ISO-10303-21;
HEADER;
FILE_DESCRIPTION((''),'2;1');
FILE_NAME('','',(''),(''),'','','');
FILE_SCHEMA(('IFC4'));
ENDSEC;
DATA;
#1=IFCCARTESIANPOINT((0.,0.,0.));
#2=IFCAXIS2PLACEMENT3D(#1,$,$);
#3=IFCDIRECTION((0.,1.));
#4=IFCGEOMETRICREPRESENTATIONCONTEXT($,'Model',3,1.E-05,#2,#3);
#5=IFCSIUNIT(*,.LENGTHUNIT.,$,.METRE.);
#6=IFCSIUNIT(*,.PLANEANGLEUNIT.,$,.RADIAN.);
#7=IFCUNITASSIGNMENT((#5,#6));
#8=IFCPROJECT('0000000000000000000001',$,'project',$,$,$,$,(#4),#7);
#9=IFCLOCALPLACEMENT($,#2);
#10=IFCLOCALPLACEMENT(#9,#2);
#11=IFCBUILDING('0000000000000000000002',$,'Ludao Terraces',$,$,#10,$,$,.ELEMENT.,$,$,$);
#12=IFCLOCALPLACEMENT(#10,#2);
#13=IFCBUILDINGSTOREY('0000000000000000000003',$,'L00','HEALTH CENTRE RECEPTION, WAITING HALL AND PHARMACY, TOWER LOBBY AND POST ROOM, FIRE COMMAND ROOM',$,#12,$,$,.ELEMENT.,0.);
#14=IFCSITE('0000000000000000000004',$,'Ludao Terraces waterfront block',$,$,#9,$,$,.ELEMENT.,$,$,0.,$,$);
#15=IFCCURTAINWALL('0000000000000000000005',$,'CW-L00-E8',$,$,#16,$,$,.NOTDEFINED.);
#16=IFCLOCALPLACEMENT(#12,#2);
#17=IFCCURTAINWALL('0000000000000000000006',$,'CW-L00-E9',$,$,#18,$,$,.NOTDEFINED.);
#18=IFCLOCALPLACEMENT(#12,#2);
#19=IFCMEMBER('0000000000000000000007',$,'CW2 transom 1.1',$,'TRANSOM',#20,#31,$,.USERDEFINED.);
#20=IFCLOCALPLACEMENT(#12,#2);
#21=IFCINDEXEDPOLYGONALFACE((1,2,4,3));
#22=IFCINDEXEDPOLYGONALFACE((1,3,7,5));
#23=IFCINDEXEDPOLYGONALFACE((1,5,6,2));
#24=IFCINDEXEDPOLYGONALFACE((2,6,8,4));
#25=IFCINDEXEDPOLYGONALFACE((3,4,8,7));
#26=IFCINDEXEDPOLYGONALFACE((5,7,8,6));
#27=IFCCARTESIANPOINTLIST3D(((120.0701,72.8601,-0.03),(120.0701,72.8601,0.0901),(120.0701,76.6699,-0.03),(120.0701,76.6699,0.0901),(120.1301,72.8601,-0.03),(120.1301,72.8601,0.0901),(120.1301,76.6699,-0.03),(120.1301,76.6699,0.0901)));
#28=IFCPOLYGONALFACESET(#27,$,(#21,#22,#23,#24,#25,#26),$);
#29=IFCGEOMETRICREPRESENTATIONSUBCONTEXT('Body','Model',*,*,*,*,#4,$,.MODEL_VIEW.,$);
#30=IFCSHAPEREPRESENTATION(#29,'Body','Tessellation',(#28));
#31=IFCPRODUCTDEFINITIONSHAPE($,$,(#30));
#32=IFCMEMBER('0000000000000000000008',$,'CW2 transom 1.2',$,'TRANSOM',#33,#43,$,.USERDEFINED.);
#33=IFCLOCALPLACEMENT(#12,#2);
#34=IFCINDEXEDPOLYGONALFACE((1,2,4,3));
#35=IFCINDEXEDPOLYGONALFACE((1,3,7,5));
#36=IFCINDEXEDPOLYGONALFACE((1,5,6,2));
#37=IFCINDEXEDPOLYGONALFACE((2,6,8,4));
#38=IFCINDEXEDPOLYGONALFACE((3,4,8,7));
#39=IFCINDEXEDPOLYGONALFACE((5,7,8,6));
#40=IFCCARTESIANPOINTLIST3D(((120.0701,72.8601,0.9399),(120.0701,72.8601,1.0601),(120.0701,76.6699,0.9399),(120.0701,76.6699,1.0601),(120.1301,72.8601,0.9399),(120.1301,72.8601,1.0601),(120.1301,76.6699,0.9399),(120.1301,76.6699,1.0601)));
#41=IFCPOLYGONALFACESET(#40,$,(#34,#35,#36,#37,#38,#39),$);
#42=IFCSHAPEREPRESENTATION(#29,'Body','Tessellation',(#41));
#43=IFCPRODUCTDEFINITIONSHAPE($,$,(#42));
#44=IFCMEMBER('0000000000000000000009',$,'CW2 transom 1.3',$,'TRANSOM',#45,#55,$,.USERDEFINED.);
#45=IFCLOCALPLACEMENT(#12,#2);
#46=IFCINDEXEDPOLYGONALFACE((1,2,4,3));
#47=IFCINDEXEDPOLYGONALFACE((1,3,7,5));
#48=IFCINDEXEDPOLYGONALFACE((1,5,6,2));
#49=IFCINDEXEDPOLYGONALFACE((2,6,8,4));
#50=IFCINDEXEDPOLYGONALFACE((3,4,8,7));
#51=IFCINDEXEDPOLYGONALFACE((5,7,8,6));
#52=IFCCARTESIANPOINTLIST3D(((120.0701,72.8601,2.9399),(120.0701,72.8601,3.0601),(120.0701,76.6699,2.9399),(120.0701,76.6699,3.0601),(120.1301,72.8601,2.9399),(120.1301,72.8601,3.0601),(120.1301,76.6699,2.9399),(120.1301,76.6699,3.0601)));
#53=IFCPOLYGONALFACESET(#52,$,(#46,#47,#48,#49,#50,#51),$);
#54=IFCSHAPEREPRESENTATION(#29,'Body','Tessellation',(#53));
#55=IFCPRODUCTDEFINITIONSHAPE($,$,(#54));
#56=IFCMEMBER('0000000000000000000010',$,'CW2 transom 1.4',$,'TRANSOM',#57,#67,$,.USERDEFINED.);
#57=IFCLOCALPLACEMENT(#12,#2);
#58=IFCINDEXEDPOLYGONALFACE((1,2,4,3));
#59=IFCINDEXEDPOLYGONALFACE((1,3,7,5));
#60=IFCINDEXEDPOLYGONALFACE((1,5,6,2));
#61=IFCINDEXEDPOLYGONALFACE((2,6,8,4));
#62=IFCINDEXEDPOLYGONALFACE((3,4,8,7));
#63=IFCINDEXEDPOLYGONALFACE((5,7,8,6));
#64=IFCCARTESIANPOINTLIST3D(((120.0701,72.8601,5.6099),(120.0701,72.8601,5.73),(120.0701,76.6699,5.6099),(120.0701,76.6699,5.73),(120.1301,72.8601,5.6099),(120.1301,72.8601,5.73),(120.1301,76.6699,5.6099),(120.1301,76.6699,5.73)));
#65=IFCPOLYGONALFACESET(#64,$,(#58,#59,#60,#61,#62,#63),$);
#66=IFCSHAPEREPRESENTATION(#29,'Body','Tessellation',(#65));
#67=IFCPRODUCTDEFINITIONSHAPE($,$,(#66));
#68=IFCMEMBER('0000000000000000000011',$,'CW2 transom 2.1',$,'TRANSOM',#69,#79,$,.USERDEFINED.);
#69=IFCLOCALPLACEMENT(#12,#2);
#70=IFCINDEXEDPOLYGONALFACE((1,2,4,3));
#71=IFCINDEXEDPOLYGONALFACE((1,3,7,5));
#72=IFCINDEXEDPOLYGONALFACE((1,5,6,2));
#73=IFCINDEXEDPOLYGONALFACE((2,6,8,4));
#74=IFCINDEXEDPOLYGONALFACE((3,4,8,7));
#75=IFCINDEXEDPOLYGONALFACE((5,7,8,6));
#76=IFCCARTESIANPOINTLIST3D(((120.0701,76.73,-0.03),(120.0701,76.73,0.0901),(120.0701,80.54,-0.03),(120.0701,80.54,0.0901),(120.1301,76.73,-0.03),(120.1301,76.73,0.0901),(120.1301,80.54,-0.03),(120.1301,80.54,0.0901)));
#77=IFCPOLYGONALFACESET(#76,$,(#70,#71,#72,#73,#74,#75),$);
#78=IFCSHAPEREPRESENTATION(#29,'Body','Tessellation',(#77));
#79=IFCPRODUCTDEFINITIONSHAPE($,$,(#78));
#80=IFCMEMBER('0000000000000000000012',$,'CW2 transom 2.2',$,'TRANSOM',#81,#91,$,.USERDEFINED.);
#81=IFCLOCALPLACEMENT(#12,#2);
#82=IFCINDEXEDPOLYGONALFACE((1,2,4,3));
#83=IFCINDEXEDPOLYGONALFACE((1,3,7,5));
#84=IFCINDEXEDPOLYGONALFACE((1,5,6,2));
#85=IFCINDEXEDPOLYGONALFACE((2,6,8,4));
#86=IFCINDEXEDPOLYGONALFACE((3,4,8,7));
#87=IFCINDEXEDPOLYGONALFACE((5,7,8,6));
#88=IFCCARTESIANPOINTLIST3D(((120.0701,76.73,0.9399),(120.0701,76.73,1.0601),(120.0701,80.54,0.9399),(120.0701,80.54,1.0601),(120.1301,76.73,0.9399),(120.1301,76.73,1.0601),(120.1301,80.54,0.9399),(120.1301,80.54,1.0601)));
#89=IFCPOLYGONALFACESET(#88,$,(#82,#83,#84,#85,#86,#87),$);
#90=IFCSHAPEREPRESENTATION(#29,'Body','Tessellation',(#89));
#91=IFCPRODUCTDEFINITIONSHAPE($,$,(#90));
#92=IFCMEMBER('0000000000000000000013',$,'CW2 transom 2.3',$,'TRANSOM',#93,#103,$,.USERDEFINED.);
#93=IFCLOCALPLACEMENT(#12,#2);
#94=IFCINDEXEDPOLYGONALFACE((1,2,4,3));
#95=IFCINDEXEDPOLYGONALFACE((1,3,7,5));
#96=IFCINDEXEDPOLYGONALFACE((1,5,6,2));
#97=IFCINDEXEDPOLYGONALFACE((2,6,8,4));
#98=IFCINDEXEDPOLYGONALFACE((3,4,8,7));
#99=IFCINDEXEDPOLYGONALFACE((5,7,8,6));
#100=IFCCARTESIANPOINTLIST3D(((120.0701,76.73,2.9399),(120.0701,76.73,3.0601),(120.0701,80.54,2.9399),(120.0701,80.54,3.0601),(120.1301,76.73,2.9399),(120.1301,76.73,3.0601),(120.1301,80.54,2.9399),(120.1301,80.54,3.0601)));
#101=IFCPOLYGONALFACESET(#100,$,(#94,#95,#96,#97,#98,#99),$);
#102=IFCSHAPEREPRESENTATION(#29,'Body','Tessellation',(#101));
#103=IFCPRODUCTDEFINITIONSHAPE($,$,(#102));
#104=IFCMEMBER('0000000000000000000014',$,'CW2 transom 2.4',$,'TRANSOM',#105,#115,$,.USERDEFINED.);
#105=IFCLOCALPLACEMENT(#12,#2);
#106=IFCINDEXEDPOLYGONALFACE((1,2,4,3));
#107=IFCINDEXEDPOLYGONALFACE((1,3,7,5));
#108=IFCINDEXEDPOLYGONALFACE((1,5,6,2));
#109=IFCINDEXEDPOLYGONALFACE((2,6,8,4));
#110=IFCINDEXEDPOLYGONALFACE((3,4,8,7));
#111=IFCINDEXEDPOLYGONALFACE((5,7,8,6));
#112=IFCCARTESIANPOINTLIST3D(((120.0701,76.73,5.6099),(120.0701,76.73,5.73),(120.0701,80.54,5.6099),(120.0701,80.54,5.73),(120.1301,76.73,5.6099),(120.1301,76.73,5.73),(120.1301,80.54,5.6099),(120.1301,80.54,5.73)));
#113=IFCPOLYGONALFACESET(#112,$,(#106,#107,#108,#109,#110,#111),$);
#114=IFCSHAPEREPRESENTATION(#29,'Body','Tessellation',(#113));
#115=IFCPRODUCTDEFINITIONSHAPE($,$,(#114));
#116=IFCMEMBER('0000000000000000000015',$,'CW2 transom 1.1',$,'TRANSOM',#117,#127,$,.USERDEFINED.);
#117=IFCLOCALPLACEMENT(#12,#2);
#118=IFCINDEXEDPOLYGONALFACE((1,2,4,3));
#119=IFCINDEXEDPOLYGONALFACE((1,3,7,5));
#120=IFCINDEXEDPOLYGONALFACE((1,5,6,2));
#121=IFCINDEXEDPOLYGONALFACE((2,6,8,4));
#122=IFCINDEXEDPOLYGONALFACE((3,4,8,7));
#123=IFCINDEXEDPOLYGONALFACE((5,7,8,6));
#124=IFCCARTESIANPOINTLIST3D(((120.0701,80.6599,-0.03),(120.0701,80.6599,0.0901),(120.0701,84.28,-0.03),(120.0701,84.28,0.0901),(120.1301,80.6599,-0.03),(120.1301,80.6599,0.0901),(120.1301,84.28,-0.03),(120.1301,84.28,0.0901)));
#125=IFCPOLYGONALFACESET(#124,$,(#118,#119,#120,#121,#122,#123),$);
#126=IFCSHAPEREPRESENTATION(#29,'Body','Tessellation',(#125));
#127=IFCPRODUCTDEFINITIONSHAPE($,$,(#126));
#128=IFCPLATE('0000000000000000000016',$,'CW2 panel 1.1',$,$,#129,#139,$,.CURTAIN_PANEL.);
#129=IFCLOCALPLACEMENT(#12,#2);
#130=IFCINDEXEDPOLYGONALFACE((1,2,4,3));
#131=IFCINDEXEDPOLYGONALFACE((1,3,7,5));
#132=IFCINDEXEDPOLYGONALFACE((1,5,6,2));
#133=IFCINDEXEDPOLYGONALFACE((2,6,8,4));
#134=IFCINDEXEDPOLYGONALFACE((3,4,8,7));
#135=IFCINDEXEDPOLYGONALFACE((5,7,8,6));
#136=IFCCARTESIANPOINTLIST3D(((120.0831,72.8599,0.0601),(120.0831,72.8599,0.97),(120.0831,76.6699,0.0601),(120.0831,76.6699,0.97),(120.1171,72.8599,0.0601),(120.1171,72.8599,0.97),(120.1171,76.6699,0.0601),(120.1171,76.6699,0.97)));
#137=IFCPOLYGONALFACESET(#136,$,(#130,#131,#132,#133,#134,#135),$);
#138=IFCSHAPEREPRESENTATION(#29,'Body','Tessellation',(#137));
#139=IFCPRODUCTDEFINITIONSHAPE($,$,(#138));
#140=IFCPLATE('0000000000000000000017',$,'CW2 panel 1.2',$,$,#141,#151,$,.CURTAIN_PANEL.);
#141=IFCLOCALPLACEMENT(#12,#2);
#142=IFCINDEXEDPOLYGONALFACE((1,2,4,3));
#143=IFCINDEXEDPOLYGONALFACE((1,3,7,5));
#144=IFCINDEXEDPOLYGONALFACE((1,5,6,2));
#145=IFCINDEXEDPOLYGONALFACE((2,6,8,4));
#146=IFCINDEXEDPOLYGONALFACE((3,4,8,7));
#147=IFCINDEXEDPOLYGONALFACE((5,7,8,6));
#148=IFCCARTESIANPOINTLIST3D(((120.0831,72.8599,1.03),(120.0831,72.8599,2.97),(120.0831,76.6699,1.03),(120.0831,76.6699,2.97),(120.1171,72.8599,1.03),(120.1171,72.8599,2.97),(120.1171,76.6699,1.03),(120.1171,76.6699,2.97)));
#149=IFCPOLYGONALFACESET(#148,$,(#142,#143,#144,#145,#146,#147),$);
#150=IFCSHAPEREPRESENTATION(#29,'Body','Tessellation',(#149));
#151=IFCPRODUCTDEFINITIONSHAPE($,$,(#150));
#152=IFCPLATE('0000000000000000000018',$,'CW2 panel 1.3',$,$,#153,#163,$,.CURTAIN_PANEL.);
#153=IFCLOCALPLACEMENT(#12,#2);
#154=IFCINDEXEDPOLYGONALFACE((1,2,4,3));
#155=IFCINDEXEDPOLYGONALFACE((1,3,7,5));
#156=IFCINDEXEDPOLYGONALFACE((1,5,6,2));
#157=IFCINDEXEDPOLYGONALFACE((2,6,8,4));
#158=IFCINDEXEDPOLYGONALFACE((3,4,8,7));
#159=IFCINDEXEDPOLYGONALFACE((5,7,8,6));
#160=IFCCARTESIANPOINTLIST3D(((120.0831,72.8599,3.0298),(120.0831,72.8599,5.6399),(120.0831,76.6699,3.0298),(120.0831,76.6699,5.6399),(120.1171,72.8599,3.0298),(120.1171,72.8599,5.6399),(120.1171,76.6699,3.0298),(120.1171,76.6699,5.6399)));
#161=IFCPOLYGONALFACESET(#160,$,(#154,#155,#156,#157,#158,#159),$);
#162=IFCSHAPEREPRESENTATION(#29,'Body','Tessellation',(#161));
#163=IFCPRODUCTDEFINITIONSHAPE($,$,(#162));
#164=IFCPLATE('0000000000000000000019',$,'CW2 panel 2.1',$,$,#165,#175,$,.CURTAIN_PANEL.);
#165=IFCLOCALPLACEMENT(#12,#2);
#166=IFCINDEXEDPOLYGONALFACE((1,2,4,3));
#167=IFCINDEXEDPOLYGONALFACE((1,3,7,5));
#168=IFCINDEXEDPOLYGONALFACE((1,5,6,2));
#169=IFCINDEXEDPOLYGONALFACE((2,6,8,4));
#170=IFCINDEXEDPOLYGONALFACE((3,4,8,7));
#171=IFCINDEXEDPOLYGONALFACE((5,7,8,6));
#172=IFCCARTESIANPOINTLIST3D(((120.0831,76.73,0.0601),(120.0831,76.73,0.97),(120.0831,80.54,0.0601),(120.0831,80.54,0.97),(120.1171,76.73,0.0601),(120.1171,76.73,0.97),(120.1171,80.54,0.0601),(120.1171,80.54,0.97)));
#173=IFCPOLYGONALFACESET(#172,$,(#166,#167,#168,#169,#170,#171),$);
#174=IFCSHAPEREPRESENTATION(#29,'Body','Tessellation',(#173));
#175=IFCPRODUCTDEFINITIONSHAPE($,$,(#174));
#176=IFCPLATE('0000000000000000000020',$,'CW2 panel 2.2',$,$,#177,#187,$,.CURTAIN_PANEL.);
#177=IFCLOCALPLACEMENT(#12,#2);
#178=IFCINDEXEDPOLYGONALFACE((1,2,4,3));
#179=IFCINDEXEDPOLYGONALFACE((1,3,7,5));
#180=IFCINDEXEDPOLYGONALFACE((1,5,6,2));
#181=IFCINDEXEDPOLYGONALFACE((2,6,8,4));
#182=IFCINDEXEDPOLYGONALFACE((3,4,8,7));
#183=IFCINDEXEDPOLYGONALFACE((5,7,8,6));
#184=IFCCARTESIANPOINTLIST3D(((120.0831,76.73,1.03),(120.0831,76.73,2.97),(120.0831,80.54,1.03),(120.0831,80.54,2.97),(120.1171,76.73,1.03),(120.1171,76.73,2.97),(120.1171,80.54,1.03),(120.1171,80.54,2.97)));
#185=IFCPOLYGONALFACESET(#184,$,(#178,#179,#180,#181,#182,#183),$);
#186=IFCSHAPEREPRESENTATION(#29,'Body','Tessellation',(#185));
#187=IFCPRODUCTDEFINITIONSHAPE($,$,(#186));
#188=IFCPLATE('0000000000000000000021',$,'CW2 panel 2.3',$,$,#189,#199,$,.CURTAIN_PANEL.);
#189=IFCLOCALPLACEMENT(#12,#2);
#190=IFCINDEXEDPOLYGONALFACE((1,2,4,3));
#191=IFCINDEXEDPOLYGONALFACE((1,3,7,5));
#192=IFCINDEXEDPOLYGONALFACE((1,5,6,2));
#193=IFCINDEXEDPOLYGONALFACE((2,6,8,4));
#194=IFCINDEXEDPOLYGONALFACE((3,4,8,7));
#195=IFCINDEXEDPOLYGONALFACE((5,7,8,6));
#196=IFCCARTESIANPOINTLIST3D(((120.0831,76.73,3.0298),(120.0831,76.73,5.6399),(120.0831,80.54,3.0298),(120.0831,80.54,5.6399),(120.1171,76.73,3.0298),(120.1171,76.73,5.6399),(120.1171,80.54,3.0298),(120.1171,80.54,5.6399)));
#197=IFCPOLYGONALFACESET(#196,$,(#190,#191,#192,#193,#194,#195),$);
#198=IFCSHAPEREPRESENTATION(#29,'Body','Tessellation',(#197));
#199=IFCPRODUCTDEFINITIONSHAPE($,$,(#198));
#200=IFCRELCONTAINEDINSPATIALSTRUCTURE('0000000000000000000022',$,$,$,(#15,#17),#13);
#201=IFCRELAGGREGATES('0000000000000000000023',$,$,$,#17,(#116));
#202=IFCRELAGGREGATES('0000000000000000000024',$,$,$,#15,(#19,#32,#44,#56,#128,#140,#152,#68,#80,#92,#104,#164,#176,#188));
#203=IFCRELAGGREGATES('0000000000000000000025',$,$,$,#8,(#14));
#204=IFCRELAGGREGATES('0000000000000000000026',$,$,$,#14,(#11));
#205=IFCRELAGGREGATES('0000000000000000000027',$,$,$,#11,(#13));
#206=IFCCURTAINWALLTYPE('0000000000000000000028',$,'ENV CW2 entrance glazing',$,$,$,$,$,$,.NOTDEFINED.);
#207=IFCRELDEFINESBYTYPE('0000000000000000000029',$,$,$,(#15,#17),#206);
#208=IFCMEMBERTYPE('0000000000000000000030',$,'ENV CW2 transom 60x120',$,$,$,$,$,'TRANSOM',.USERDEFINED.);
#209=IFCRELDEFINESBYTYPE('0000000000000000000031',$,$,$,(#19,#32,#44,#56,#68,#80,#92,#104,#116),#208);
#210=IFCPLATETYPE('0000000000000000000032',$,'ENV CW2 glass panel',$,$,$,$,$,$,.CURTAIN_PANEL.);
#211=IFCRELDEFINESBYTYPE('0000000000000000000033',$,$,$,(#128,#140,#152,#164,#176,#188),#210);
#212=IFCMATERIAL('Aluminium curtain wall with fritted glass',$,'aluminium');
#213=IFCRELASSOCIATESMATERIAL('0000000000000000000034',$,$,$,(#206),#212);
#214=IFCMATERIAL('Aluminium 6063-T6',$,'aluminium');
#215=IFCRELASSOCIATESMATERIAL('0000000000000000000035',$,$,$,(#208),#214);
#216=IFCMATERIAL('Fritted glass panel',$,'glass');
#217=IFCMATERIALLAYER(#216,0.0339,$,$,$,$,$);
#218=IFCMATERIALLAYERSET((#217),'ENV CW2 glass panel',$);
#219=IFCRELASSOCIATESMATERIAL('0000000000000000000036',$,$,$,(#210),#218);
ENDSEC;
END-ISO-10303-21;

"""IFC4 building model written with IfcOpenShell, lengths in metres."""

from ifc_helpers import new_model, si_unit, direction, frame, origin, origin_2d, place, context, subcontext, project, spatial, rectangle, extrude, material, layer, layer_set, material_profile, profile_set, type_object, element, aggregate, save


model = new_model("IFC4")

# Units and contexts
model_context = context("Model", 3, precision=1e-05, world=origin(), true_north=direction((0.0, 1.0)))
body_context = subcontext(model_context, "Body", "Model", "MODEL_VIEW")
ifc_project = project(units=[si_unit("LENGTHUNIT", "METRE"), si_unit("PLANEANGLEUNIT", "RADIAN")], contexts=[model_context])

# Site, building, storey
site_placement = place(None, origin())
site = spatial("IfcSite", under=ifc_project, at=site_placement, Name="Ludao Terraces waterfront block", CompositionType="ELEMENT", RefElevation=0.0)
building_placement = place(site_placement, origin())
building = spatial("IfcBuilding", under=site, at=building_placement, Name="Ludao Terraces", CompositionType="ELEMENT")
storey_placement = place(building_placement, origin())
storey = spatial("IfcBuildingStorey", under=building, at=storey_placement, Name="L00", Description="HEALTH CENTRE RECEPTION, WAITING HALL AND PHARMACY, TOWER LOBBY AND POST ROOM, FIRE COMMAND ROOM", CompositionType="ELEMENT", Elevation=0.0)

# Curtain wall
ifc_material_1 = material(Name="Aluminium curtain wall with fritted glass", Category="aluminium")
curtain_wall_type = type_object("IfcCurtainWallType", Name="ENV CW2 entrance glazing", PredefinedType="NOTDEFINED", material=ifc_material_1)
curtain_wall_1_placement = place(storey_placement, origin())
curtain_wall_1 = element("IfcCurtainWall", 1, at=curtain_wall_1_placement, inside=storey, type_object=curtain_wall_type, Name="CW-L00-E8", PredefinedType="NOTDEFINED")
ifc_material_2 = material(Name="Aluminium 6063-T6", Category="aluminium")

# Curtain wall
curtain_wall_2_placement = place(storey_placement, origin())
curtain_wall_2 = element("IfcCurtainWall", 2, at=curtain_wall_2_placement, inside=storey, type_object=curtain_wall_type, Name="CW-L00-E9", PredefinedType="NOTDEFINED")

# Members
ifc_material_profile_1 = material_profile(ifc_material_2, rectangle(XDim=0.0601, YDim=0.1201, at=origin_2d()), Name="60 X 120")
ifc_profile_set_1 = profile_set([ifc_material_profile_1], Name="Aluminium 6063-T6")
member_type_1 = type_object("IfcMemberType", Name="ENV CW2 transom 60x120", ElementType="TRANSOM", PredefinedType="USERDEFINED", material=ifc_profile_set_1)
member_1_placement = place(storey_placement, frame((120.1001, 72.8601, 0.03), z_axis=(0.0, 1.0, 0.0), x_axis=(-1.0, 0.0, 0.0)))
member_1 = element("IfcMember", 3, at=member_1_placement, type_object=member_type_1, Name="CW2 transom 1.1", ObjectType="TRANSOM", PredefinedType="USERDEFINED", context=body_context, shape_type="SweptSolid", body=[
    extrude(rectangle(XDim=0.0601, YDim=0.1201, at=origin_2d()), origin(), (0.0, 0.0, 1.0), 3.8098),
])
member_2_placement = place(storey_placement, frame((120.1001, 72.8601, 1.0), z_axis=(0.0, 1.0, 0.0), x_axis=(-1.0, 0.0, 0.0)))
member_2 = element("IfcMember", 4, at=member_2_placement, type_object=member_type_1, Name="CW2 transom 1.2", ObjectType="TRANSOM", PredefinedType="USERDEFINED", context=body_context, shape_type="SweptSolid", body=[
    extrude(rectangle(XDim=0.0601, YDim=0.1201, at=origin_2d()), origin(), (0.0, 0.0, 1.0), 3.8098),
])
member_3_placement = place(storey_placement, frame((120.1001, 72.8601, 3.0), z_axis=(0.0, 1.0, 0.0), x_axis=(-1.0, 0.0, 0.0)))
member_3 = element("IfcMember", 5, at=member_3_placement, type_object=member_type_1, Name="CW2 transom 1.3", ObjectType="TRANSOM", PredefinedType="USERDEFINED", context=body_context, shape_type="SweptSolid", body=[
    extrude(rectangle(XDim=0.0601, YDim=0.1201, at=origin_2d()), origin(), (0.0, 0.0, 1.0), 3.8098),
])
member_4_placement = place(storey_placement, frame((120.1001, 72.8601, 5.6699), z_axis=(0.0, 1.0, 0.0), x_axis=(-1.0, 0.0, 0.0)))
member_4 = element("IfcMember", 6, at=member_4_placement, type_object=member_type_1, Name="CW2 transom 1.4", ObjectType="TRANSOM", PredefinedType="USERDEFINED", context=body_context, shape_type="SweptSolid", body=[
    extrude(rectangle(XDim=0.0601, YDim=0.1201, at=origin_2d()), origin(), (0.0, 0.0, 1.0), 3.8098),
])
member_5_placement = place(storey_placement, frame((120.1001, 76.73, 0.03), z_axis=(0.0, 1.0, 0.0), x_axis=(-1.0, 0.0, 0.0)))
member_5 = element("IfcMember", 7, at=member_5_placement, type_object=member_type_1, Name="CW2 transom 2.1", ObjectType="TRANSOM", PredefinedType="USERDEFINED", context=body_context, shape_type="SweptSolid", body=[
    extrude(rectangle(XDim=0.0601, YDim=0.1201, at=origin_2d()), origin(), (0.0, 0.0, 1.0), 3.8101),
])
member_6_placement = place(storey_placement, frame((120.1001, 76.73, 1.0), z_axis=(0.0, 1.0, 0.0), x_axis=(-1.0, 0.0, 0.0)))
member_6 = element("IfcMember", 8, at=member_6_placement, type_object=member_type_1, Name="CW2 transom 2.2", ObjectType="TRANSOM", PredefinedType="USERDEFINED", context=body_context, shape_type="SweptSolid", body=[
    extrude(rectangle(XDim=0.0601, YDim=0.1201, at=origin_2d()), origin(), (0.0, 0.0, 1.0), 3.8101),
])
member_7_placement = place(storey_placement, frame((120.1001, 76.73, 3.0), z_axis=(0.0, 1.0, 0.0), x_axis=(-1.0, 0.0, 0.0)))
member_7 = element("IfcMember", 9, at=member_7_placement, type_object=member_type_1, Name="CW2 transom 2.3", ObjectType="TRANSOM", PredefinedType="USERDEFINED", context=body_context, shape_type="SweptSolid", body=[
    extrude(rectangle(XDim=0.0601, YDim=0.1201, at=origin_2d()), origin(), (0.0, 0.0, 1.0), 3.8101),
])
member_8_placement = place(storey_placement, frame((120.1001, 76.73, 5.6699), z_axis=(0.0, 1.0, 0.0), x_axis=(-1.0, 0.0, 0.0)))
member_8 = element("IfcMember", 10, at=member_8_placement, type_object=member_type_1, Name="CW2 transom 2.4", ObjectType="TRANSOM", PredefinedType="USERDEFINED", context=body_context, shape_type="SweptSolid", body=[
    extrude(rectangle(XDim=0.0601, YDim=0.1201, at=origin_2d()), origin(), (0.0, 0.0, 1.0), 3.8101),
])
member_9_placement = place(storey_placement, frame((120.1001, 80.6599, 0.03), z_axis=(0.0, 1.0, 0.0), x_axis=(-1.0, 0.0, 0.0)))
member_9 = element("IfcMember", 11, at=member_9_placement, type_object=member_type_1, Name="CW2 transom 1.1", ObjectType="TRANSOM", PredefinedType="USERDEFINED", context=body_context, shape_type="SweptSolid", body=[
    extrude(rectangle(XDim=0.0601, YDim=0.1201, at=origin_2d()), origin(), (0.0, 0.0, 1.0), 3.6201),
])
aggregate(curtain_wall_2, [member_9])

# Plates
ifc_material_3 = material(Name="Fritted glass panel", Category="glass")
ifc_layer_1 = layer(ifc_material_3, 0.0339)
ifc_layer_set_1 = layer_set([ifc_layer_1], Name="ENV CW2 glass panel")
plate_type = type_object("IfcPlateType", Name="ENV CW2 glass panel", PredefinedType="CURTAIN_PANEL", material=ifc_layer_set_1)
plate_1_placement = place(storey_placement, frame((120.1001, 74.7649, 0.0601), z_axis=(0.0, 0.0, 1.0), x_axis=(0.0, 1.0, 0.0)))
plate_1 = element("IfcPlate", 12, at=plate_1_placement, type_object=plate_type, Name="CW2 panel 1.1", PredefinedType="CURTAIN_PANEL", context=body_context, shape_type="SweptSolid", body=[
    extrude(rectangle(XDim=3.8101, YDim=0.0339, at=origin_2d()), origin(), (0.0, 0.0, 1.0), 0.9099),
])
plate_2_placement = place(storey_placement, frame((120.1001, 74.7649, 1.03), z_axis=(0.0, 0.0, 1.0), x_axis=(0.0, 1.0, 0.0)))
plate_2 = element("IfcPlate", 13, at=plate_2_placement, type_object=plate_type, Name="CW2 panel 1.2", PredefinedType="CURTAIN_PANEL", context=body_context, shape_type="SweptSolid", body=[
    extrude(rectangle(XDim=3.8101, YDim=0.0339, at=origin_2d()), origin(), (0.0, 0.0, 1.0), 1.9399),
])
plate_3_placement = place(storey_placement, frame((120.1001, 74.7649, 3.0298), z_axis=(0.0, 0.0, 1.0), x_axis=(0.0, 1.0, 0.0)))
plate_3 = element("IfcPlate", 14, at=plate_3_placement, type_object=plate_type, Name="CW2 panel 1.3", PredefinedType="CURTAIN_PANEL", context=body_context, shape_type="SweptSolid", body=[
    extrude(rectangle(XDim=3.8101, YDim=0.0339, at=origin_2d()), origin(), (0.0, 0.0, 1.0), 2.6101),
])
plate_4_placement = place(storey_placement, frame((120.1001, 78.635, 0.0601), z_axis=(0.0, 0.0, 1.0), x_axis=(0.0, 1.0, 0.0)))
plate_4 = element("IfcPlate", 15, at=plate_4_placement, type_object=plate_type, Name="CW2 panel 2.1", PredefinedType="CURTAIN_PANEL", context=body_context, shape_type="SweptSolid", body=[
    extrude(rectangle(XDim=3.8101, YDim=0.0339, at=origin_2d()), origin(), (0.0, 0.0, 1.0), 0.9099),
])
plate_5_placement = place(storey_placement, frame((120.1001, 78.635, 1.03), z_axis=(0.0, 0.0, 1.0), x_axis=(0.0, 1.0, 0.0)))
plate_5 = element("IfcPlate", 16, at=plate_5_placement, type_object=plate_type, Name="CW2 panel 2.2", PredefinedType="CURTAIN_PANEL", context=body_context, shape_type="SweptSolid", body=[
    extrude(rectangle(XDim=3.8101, YDim=0.0339, at=origin_2d()), origin(), (0.0, 0.0, 1.0), 1.9399),
])
plate_6_placement = place(storey_placement, frame((120.1001, 78.635, 3.0298), z_axis=(0.0, 0.0, 1.0), x_axis=(0.0, 1.0, 0.0)))
plate_6 = element("IfcPlate", 17, at=plate_6_placement, type_object=plate_type, Name="CW2 panel 2.3", PredefinedType="CURTAIN_PANEL", context=body_context, shape_type="SweptSolid", body=[
    extrude(rectangle(XDim=3.8101, YDim=0.0339, at=origin_2d()), origin(), (0.0, 0.0, 1.0), 2.6101),
])
aggregate(curtain_wall_1, [member_1, member_2, member_3, member_4, plate_1, plate_2, plate_3, member_5, member_6, member_7, member_8, plate_4, plate_5, plate_6])

save(model, "model.ifc")
